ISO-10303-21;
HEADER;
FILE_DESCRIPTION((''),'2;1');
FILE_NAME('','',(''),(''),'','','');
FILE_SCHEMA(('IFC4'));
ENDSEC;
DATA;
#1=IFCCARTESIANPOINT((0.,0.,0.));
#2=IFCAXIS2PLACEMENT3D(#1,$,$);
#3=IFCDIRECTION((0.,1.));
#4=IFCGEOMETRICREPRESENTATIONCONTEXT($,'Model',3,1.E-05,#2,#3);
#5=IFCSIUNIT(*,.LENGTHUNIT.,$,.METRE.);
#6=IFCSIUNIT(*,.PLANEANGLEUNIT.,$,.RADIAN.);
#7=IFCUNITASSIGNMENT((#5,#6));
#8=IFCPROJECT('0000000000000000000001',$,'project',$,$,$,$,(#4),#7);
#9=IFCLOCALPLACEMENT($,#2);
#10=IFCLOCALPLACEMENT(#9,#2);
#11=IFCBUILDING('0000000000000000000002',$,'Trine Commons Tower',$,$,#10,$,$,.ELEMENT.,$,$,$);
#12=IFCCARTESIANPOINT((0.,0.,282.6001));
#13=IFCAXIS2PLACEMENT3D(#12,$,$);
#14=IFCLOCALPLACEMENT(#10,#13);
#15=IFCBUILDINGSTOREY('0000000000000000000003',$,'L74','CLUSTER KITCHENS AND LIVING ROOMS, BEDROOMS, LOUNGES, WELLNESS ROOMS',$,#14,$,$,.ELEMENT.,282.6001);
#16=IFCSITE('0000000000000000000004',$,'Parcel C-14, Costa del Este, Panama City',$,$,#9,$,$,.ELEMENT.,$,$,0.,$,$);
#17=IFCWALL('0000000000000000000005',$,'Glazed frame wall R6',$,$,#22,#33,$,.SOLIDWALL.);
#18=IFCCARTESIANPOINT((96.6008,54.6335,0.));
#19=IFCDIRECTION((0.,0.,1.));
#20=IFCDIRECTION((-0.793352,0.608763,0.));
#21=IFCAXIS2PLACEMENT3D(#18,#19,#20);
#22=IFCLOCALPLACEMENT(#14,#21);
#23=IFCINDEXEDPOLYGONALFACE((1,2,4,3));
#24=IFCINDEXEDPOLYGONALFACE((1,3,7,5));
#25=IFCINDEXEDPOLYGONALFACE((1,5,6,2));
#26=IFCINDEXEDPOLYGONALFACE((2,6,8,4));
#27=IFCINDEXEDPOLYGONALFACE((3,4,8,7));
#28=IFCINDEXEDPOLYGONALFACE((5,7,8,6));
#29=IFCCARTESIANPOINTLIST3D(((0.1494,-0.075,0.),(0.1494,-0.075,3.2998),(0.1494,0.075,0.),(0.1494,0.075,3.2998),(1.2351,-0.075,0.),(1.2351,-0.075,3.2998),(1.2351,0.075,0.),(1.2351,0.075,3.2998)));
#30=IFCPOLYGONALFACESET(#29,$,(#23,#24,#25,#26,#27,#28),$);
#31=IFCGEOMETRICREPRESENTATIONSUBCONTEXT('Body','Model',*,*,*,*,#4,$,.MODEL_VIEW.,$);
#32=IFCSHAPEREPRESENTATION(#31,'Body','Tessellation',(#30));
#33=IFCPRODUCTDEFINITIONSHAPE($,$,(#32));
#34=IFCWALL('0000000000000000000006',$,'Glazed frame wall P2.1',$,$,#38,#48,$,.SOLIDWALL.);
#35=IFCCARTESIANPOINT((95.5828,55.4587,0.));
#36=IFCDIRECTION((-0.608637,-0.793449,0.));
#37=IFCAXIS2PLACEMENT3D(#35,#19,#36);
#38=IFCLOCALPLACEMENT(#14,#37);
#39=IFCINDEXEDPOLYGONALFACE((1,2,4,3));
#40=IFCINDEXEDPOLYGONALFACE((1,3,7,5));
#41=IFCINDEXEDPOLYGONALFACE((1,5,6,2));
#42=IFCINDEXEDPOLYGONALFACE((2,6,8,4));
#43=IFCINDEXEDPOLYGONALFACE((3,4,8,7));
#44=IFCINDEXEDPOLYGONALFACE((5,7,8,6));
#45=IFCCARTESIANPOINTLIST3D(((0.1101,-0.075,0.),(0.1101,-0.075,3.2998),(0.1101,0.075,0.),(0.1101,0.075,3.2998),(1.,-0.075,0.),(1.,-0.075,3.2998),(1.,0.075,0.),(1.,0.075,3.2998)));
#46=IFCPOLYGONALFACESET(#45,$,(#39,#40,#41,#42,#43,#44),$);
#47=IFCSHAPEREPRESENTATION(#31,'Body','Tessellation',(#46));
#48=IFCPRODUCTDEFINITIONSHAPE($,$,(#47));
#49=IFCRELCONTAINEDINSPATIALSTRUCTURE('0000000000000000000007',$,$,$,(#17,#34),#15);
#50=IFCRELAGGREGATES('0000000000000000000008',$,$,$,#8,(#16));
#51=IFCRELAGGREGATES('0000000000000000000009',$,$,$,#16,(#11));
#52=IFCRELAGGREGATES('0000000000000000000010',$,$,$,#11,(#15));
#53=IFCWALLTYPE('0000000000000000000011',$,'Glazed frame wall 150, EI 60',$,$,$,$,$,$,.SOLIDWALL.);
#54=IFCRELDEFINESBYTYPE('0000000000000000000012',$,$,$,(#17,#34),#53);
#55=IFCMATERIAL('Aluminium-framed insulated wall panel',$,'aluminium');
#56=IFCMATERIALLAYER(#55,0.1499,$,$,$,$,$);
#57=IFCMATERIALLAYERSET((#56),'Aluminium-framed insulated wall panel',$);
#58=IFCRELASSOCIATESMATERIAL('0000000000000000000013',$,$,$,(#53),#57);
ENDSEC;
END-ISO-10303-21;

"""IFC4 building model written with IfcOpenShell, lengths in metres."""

from ifc_helpers import new_model, si_unit, direction, frame, origin, place, context, subcontext, project, spatial, polyline, outline, extrude, material, layer, layer_set, type_object, element, save


model = new_model("IFC4")

# Units and contexts
model_context = context("Model", 3, precision=1e-05, world=origin(), true_north=direction((0.0, 1.0)))
body_context = subcontext(model_context, "Body", "Model", "MODEL_VIEW")
ifc_project = project(units=[si_unit("LENGTHUNIT", "METRE"), si_unit("PLANEANGLEUNIT", "RADIAN")], contexts=[model_context])

# Site, building, storey
site_placement = place(None, origin())
site = spatial("IfcSite", under=ifc_project, at=site_placement, Name="Parcel C-14, Costa del Este, Panama City", CompositionType="ELEMENT", RefElevation=0.0)
building_placement = place(site_placement, origin())
building = spatial("IfcBuilding", under=site, at=building_placement, Name="Trine Commons Tower", CompositionType="ELEMENT")
storey_placement = place(building_placement, frame((0.0, 0.0, 282.6001)))
storey = spatial("IfcBuildingStorey", under=building, at=storey_placement, Name="L74", Description="CLUSTER KITCHENS AND LIVING ROOMS, BEDROOMS, LOUNGES, WELLNESS ROOMS", CompositionType="ELEMENT", Elevation=282.6001)

# Walls
ifc_material_1 = material(Name="Aluminium-framed insulated wall panel", Category="aluminium")
ifc_layer_1 = layer(ifc_material_1, 0.1499)
ifc_layer_set_1 = layer_set([ifc_layer_1], Name="Aluminium-framed insulated wall panel")
wall_type_1 = type_object("IfcWallType", Name="Glazed frame wall 150, EI 60", PredefinedType="SOLIDWALL", material=ifc_layer_set_1)
wall_1_placement = place(storey_placement, frame((96.6008, 54.6335, 0.0), z_axis=(0.0, 0.0, 1.0), x_axis=(-0.793352, 0.608763, 0.0)))
element("IfcWall", 1, at=wall_1_placement, inside=storey, type_object=wall_type_1, Name="Glazed frame wall R6", PredefinedType="SOLIDWALL", context=body_context, shape_type="SweptSolid", body=[
    extrude(outline(polyline([(0.1494, 0.075), (0.1494, -0.075), (1.2351, -0.075), (1.2351, 0.075), (0.1494, 0.075)])), origin(), (0.0, 0.0, 1.0), 3.2998),
])
wall_2_placement = place(storey_placement, frame((95.5828, 55.4587, 0.0), z_axis=(0.0, 0.0, 1.0), x_axis=(-0.608637, -0.793449, 0.0)))
element("IfcWall", 2, at=wall_2_placement, inside=storey, type_object=wall_type_1, Name="Glazed frame wall P2.1", PredefinedType="SOLIDWALL", context=body_context, shape_type="SweptSolid", body=[
    extrude(outline(polyline([(0.1101, -0.075), (1.0, -0.075), (1.0, 0.075), (0.1101, 0.075), (0.1101, -0.075)])), origin(), (0.0, 0.0, 1.0), 3.2998),
])

save(model, "model.ifc")
